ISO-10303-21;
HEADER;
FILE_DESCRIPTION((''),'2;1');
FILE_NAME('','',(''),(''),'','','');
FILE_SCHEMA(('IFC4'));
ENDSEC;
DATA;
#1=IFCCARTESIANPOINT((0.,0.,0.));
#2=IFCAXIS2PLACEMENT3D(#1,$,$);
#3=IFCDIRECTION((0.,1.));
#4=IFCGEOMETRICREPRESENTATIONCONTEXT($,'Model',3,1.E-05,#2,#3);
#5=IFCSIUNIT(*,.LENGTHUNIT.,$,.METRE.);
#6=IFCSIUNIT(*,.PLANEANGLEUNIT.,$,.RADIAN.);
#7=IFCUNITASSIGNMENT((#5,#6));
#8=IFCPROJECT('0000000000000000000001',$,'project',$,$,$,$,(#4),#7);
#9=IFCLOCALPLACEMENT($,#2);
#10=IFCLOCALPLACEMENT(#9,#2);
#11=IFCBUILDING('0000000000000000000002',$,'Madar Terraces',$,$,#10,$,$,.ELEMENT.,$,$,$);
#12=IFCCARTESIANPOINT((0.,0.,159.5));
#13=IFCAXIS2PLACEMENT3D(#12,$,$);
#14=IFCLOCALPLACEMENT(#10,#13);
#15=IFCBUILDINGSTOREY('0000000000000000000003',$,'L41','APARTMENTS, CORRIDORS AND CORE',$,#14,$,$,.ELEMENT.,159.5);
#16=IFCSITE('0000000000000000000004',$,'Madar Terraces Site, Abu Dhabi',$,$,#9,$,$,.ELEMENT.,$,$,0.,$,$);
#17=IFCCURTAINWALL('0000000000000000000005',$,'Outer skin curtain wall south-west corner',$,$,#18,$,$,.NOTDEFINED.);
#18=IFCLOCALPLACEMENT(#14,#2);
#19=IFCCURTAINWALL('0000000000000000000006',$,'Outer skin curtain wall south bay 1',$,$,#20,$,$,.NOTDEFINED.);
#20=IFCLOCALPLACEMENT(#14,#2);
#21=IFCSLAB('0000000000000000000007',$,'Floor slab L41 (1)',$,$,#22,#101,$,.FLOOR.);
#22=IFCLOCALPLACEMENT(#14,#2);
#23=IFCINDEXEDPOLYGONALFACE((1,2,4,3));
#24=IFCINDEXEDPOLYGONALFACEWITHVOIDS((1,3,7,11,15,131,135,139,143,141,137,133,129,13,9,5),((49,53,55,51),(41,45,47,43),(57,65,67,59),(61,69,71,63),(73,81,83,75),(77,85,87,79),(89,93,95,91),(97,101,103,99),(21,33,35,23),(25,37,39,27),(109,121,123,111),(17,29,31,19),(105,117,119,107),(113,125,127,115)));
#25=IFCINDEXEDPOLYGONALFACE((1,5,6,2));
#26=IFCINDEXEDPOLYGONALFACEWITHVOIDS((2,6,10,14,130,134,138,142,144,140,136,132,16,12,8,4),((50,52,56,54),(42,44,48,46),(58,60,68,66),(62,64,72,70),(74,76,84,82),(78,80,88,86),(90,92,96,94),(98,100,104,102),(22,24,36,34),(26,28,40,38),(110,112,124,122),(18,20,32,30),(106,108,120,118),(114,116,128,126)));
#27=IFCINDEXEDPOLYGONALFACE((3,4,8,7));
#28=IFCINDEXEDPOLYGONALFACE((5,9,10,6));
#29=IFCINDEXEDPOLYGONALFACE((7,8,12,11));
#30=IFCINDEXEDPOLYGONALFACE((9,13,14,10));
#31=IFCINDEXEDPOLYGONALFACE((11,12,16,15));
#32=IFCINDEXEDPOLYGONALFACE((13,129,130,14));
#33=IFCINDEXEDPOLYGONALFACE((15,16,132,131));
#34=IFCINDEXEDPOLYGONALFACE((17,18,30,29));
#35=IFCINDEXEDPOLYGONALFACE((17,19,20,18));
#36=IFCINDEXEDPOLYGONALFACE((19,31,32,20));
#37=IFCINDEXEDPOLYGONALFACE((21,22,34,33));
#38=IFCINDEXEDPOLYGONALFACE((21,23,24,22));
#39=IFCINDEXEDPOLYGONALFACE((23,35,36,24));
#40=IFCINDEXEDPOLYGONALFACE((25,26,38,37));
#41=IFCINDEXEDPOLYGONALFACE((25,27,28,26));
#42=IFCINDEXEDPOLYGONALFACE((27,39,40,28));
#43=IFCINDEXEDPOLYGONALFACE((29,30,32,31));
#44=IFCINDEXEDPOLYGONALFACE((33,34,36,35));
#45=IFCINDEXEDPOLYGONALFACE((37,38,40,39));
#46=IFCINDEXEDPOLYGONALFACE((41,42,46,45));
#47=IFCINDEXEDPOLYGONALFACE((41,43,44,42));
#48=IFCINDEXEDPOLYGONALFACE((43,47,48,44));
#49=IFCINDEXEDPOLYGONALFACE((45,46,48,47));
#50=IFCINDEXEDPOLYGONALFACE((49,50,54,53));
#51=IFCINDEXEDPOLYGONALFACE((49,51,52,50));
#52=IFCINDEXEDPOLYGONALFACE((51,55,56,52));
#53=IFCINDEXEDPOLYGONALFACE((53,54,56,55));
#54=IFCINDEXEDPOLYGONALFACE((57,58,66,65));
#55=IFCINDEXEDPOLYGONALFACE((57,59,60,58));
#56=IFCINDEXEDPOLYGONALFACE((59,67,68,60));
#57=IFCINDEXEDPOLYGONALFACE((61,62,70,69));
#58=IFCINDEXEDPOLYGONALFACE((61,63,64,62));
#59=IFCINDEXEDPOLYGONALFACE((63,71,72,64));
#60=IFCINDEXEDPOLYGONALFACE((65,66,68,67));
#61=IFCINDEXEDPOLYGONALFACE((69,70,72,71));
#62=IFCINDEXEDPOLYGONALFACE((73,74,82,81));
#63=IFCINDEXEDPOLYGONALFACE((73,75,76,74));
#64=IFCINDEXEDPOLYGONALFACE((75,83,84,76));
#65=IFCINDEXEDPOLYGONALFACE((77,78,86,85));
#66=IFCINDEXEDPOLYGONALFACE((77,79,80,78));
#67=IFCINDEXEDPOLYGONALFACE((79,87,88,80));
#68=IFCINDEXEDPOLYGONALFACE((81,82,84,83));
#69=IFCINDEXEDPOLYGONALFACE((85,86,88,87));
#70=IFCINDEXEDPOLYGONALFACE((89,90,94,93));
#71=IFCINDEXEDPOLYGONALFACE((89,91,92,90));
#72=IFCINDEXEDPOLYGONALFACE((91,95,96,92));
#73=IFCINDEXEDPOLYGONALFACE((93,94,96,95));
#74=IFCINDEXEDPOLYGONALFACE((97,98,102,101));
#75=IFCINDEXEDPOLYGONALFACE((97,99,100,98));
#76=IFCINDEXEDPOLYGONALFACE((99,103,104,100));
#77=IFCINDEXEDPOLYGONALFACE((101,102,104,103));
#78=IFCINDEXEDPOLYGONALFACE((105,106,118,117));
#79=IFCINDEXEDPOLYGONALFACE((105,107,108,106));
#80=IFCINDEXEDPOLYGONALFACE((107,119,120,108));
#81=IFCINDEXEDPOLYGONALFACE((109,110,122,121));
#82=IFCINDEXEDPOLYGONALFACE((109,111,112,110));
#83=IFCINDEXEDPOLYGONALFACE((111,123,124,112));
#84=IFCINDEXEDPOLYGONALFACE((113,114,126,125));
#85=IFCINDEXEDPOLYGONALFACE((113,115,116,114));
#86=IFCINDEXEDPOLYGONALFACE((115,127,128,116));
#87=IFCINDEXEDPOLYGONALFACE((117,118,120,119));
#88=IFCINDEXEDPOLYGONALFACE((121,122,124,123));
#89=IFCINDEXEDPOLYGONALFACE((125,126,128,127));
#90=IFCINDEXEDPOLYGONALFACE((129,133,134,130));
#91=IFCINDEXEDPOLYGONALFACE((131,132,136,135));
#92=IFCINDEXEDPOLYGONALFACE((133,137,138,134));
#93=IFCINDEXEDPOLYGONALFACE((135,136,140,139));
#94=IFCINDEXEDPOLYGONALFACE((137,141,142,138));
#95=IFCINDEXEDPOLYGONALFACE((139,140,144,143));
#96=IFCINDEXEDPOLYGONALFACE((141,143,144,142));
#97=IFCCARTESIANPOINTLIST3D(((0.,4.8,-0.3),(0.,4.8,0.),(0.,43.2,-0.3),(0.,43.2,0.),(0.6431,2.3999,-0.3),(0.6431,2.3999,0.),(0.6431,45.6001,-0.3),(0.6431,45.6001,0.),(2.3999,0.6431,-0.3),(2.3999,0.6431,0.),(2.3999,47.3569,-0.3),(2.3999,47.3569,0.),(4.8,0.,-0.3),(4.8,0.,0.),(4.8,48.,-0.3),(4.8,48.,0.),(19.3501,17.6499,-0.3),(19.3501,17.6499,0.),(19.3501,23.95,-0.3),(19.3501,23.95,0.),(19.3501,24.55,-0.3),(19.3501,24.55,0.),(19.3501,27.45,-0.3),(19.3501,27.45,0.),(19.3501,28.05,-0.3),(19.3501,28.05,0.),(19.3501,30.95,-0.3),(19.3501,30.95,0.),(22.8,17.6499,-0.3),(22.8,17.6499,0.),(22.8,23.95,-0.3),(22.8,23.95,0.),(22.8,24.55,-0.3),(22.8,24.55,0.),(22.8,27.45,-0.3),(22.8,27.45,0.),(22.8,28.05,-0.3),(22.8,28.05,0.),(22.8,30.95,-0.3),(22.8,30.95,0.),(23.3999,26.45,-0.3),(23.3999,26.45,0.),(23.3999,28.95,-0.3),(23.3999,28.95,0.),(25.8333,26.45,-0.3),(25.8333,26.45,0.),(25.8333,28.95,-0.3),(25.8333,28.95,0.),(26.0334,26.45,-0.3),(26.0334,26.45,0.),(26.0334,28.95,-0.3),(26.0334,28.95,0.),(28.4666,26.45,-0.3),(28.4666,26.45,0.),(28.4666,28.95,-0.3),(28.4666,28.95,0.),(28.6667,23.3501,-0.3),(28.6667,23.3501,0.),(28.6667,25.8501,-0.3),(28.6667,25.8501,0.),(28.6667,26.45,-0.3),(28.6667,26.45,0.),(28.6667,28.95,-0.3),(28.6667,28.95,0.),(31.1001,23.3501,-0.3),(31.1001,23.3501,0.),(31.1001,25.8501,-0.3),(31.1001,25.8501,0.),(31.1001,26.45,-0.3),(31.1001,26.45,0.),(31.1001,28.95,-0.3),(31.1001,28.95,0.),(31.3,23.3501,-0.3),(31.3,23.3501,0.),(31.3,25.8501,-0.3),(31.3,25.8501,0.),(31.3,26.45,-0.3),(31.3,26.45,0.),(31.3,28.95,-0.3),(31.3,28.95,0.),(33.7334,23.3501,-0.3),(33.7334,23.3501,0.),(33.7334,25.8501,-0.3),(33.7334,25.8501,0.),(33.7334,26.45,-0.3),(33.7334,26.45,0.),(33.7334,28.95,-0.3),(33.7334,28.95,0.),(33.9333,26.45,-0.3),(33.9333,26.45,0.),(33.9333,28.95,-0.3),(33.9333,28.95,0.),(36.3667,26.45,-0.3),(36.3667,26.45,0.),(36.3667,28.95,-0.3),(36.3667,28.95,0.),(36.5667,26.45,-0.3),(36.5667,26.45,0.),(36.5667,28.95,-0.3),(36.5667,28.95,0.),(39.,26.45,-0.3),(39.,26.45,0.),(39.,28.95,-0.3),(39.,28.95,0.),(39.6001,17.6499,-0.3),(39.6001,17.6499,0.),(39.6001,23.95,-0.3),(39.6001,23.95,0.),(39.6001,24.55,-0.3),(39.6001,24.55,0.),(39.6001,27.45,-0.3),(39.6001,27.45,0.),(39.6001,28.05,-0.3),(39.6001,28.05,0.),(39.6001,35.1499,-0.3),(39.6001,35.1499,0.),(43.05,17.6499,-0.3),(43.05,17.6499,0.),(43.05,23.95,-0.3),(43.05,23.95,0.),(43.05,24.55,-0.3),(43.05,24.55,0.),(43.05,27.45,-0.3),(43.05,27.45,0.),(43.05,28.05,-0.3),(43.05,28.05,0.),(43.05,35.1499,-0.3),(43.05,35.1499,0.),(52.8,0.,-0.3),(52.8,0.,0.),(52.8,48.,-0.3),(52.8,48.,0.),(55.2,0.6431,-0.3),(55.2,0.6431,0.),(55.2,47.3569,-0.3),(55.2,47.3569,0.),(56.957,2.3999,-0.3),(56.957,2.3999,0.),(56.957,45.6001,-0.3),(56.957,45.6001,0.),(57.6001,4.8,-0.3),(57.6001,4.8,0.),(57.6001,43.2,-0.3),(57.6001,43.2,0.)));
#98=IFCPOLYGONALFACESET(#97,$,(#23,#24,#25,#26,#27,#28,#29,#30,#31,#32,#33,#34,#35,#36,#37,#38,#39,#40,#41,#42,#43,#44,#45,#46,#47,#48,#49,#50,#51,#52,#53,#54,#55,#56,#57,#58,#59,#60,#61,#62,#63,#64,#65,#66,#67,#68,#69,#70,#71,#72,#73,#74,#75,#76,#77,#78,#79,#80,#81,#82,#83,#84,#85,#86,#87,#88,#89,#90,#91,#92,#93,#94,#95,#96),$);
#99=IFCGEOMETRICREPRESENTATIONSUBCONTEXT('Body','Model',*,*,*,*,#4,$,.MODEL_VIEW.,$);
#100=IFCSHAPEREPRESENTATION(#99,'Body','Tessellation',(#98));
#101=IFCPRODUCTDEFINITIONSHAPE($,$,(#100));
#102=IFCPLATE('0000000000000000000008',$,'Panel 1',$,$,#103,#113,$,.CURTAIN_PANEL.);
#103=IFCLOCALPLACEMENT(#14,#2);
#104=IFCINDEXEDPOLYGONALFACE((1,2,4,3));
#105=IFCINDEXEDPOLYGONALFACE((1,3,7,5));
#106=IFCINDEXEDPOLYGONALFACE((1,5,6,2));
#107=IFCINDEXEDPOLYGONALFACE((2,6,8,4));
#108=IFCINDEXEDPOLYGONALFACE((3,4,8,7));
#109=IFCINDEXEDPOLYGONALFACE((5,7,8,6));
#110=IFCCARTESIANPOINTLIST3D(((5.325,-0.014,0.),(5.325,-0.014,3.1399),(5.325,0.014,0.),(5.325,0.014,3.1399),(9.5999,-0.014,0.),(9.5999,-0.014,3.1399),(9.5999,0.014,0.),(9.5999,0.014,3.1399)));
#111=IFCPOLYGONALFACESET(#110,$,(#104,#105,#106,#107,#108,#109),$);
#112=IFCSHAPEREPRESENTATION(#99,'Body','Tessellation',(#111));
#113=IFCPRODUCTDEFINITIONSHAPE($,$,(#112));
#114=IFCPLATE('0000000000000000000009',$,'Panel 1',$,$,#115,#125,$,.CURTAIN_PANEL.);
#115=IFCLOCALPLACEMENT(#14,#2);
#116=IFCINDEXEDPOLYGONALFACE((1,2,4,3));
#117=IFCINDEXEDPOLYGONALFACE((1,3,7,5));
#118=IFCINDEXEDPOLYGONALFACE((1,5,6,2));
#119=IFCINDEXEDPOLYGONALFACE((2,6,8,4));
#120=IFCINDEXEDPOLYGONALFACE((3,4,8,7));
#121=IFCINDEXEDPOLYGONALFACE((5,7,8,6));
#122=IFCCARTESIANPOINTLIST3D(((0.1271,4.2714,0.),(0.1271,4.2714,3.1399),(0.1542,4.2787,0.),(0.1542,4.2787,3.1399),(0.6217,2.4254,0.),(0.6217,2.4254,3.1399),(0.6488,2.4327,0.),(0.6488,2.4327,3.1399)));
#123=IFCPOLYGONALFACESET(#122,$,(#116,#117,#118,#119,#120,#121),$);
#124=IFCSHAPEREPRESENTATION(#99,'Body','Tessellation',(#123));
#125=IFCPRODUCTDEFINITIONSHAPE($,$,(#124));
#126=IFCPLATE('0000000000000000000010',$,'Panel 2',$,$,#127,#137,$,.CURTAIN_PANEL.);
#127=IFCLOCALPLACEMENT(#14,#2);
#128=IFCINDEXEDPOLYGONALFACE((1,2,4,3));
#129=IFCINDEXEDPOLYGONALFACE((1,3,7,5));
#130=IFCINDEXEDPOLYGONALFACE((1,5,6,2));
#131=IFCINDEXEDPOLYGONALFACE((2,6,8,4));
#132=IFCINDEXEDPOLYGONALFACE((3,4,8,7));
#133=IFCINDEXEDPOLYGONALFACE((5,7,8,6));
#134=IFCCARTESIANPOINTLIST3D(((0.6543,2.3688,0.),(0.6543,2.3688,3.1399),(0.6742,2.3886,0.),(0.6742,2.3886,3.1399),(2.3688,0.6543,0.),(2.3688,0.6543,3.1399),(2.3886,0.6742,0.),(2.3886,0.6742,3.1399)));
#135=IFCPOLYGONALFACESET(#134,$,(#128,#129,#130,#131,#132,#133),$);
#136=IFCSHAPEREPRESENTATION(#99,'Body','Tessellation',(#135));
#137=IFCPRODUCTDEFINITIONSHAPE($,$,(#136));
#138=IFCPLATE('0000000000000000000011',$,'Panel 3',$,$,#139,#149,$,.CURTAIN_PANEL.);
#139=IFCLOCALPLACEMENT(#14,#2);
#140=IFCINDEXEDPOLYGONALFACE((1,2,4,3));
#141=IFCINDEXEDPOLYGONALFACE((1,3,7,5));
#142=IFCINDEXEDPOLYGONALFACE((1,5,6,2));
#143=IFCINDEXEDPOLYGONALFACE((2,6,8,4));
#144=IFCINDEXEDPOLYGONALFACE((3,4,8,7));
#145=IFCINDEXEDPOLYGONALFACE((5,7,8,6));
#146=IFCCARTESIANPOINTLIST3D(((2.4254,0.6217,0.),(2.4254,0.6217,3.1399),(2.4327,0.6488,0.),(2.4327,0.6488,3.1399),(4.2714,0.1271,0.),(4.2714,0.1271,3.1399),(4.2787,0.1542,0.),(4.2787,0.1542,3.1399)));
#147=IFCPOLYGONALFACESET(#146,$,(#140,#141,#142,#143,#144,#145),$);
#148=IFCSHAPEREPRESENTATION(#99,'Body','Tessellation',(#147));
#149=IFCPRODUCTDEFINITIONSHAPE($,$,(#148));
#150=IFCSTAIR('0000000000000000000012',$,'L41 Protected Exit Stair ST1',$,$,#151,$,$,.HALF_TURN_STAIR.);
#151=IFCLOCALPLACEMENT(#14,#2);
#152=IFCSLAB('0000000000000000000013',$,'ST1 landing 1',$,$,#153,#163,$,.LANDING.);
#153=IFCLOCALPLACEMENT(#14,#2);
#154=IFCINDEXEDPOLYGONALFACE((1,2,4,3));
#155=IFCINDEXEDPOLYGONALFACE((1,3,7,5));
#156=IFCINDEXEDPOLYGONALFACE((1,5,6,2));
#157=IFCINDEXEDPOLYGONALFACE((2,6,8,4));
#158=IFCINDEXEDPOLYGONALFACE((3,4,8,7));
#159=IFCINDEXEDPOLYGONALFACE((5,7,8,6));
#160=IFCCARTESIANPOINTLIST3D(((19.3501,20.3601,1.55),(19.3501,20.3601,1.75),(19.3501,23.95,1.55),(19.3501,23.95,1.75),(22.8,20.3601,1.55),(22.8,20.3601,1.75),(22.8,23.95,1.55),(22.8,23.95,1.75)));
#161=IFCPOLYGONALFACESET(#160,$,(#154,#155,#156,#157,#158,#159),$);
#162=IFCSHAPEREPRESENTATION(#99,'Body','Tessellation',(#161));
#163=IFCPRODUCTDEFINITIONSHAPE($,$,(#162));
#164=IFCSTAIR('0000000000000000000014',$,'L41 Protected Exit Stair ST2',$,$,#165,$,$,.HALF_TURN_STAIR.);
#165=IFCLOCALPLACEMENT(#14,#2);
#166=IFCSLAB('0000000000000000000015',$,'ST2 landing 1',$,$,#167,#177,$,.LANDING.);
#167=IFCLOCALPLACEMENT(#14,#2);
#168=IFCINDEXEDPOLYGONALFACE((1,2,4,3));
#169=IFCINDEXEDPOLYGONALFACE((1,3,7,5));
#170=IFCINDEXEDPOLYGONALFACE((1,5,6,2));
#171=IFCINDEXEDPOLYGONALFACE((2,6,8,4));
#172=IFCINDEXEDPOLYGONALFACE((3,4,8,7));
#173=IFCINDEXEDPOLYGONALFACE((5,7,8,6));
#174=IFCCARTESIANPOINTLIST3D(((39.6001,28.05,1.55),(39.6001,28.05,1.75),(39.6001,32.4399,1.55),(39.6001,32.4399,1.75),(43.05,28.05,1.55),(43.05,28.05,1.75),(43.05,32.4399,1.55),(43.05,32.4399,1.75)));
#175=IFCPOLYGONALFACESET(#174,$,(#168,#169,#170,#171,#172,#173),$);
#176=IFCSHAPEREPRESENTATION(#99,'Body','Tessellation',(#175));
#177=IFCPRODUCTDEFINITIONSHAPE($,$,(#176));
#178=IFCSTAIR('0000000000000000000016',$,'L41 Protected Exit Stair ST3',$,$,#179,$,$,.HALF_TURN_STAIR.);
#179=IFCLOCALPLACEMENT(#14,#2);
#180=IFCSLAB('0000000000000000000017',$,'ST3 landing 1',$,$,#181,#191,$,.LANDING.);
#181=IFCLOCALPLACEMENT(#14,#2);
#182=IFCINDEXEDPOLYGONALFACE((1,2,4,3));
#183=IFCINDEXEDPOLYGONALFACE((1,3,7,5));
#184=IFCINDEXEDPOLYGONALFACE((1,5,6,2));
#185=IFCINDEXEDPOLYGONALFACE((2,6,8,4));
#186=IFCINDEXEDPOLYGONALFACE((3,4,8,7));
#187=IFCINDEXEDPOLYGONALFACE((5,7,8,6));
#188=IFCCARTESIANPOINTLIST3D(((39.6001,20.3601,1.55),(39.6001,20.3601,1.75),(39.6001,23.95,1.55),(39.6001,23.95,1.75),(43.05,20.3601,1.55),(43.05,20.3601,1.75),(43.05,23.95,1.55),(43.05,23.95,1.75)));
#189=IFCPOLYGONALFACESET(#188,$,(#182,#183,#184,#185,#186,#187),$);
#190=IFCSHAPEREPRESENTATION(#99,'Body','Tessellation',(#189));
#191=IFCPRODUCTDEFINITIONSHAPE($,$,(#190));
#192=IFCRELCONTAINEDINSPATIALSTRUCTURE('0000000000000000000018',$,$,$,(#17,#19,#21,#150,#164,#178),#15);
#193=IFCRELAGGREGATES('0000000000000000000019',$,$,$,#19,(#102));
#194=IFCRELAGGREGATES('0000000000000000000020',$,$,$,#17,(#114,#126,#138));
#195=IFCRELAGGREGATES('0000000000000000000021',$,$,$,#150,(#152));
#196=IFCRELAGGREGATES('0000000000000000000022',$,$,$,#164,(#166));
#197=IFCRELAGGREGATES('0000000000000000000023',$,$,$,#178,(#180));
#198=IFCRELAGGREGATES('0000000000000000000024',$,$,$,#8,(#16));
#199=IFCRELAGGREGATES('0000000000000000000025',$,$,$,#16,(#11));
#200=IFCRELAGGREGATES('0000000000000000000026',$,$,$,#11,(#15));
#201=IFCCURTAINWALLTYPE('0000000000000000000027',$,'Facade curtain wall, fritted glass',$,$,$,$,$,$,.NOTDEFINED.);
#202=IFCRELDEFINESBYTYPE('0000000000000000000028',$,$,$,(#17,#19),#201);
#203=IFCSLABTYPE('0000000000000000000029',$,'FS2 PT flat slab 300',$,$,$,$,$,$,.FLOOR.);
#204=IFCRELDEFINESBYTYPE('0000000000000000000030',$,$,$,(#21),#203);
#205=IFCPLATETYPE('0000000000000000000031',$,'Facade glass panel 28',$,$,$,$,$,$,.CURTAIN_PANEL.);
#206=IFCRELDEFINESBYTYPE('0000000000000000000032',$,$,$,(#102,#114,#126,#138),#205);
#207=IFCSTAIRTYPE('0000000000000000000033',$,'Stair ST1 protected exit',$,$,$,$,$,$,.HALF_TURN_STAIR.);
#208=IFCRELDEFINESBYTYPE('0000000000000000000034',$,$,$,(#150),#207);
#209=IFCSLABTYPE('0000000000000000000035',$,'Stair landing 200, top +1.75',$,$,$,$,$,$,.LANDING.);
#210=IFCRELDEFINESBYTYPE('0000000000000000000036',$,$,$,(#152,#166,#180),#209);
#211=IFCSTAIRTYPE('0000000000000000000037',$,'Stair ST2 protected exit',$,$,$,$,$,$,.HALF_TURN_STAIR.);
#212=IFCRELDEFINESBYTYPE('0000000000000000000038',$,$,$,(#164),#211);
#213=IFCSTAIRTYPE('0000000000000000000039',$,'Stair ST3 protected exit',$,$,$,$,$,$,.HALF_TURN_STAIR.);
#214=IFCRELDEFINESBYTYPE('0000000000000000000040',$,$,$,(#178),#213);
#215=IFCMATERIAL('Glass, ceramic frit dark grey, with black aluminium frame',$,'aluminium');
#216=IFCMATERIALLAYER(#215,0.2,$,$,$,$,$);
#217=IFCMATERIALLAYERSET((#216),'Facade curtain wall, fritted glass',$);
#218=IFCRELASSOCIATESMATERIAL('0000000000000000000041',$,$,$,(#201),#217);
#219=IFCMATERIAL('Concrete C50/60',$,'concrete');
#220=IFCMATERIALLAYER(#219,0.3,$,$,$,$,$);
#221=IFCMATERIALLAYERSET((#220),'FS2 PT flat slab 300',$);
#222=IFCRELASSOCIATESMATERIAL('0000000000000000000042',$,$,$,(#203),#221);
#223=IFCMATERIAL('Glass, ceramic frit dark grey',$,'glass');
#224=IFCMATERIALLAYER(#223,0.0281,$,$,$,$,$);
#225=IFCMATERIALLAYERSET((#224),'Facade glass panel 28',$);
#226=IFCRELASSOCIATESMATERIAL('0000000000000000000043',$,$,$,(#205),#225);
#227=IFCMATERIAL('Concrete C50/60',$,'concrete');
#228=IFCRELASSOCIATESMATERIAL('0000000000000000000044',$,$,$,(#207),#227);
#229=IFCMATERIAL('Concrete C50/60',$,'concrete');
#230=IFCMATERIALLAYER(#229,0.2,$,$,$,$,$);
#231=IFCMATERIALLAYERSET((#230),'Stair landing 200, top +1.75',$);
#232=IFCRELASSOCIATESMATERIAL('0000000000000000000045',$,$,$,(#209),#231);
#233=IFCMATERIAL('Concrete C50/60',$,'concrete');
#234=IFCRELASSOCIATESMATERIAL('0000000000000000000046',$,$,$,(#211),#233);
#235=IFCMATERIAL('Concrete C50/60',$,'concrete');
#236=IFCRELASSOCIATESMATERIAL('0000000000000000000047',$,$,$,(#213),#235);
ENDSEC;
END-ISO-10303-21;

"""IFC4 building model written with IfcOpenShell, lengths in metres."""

from ifc_helpers import new_model, si_unit, direction, frame, origin, origin_2d, place, context, subcontext, project, spatial, polyline, rectangle, outline, extrude, material, layer, layer_set, type_object, element, aggregate, save


model = new_model("IFC4")

# Units and contexts
model_context = context("Model", 3, precision=1e-05, world=origin(), true_north=direction((0.0, 1.0)))
body_context = subcontext(model_context, "Body", "Model", "MODEL_VIEW")
ifc_project = project(units=[si_unit("LENGTHUNIT", "METRE"), si_unit("PLANEANGLEUNIT", "RADIAN")], contexts=[model_context])

# Site, building, storey
site_placement = place(None, origin())
site = spatial("IfcSite", under=ifc_project, at=site_placement, Name="Madar Terraces Site, Abu Dhabi", CompositionType="ELEMENT", RefElevation=0.0)
building_placement = place(site_placement, origin())
building = spatial("IfcBuilding", under=site, at=building_placement, Name="Madar Terraces", CompositionType="ELEMENT")
storey_placement = place(building_placement, frame((0.0, 0.0, 159.5)))
storey = spatial("IfcBuildingStorey", under=building, at=storey_placement, Name="L41", Description="APARTMENTS, CORRIDORS AND CORE", CompositionType="ELEMENT", Elevation=159.5)

# Curtain wall
ifc_material_1 = material(Name="Glass, ceramic frit dark grey, with black aluminium frame", Category="aluminium")
ifc_layer_1 = layer(ifc_material_1, 0.2)
ifc_layer_set_1 = layer_set([ifc_layer_1], Name="Facade curtain wall, fritted glass")
curtain_wall_type = type_object("IfcCurtainWallType", Name="Facade curtain wall, fritted glass", PredefinedType="NOTDEFINED", material=ifc_layer_set_1)
curtain_wall_1_placement = place(storey_placement, origin())
curtain_wall_1 = element("IfcCurtainWall", 1, at=curtain_wall_1_placement, inside=storey, type_object=curtain_wall_type, Name="Outer skin curtain wall south-west corner", PredefinedType="NOTDEFINED")

# Curtain wall
curtain_wall_2_placement = place(storey_placement, origin())
curtain_wall_2 = element("IfcCurtainWall", 2, at=curtain_wall_2_placement, inside=storey, type_object=curtain_wall_type, Name="Outer skin curtain wall south bay 1", PredefinedType="NOTDEFINED")

# Slab
ifc_material_2 = material(Name="Concrete C50/60", Category="concrete")
ifc_layer_2 = layer(ifc_material_2, 0.3)
ifc_layer_set_2 = layer_set([ifc_layer_2], Name="FS2 PT flat slab 300")
slab_type_1 = type_object("IfcSlabType", Name="FS2 PT flat slab 300", PredefinedType="FLOOR", material=ifc_layer_set_2)
slab_1_placement = place(storey_placement, frame((0.0, 0.0, -0.3)))
element("IfcSlab", 3, at=slab_1_placement, inside=storey, type_object=slab_type_1, Name="Floor slab L41 (1)", PredefinedType="FLOOR", context=body_context, shape_type="SweptSolid", body=[
    extrude(outline(polyline([(52.8, 0.0), (55.2, 0.6431), (56.957, 2.3999), (57.6001, 4.8), (57.6001, 43.2), (56.957, 45.6001), (55.2, 47.3569), (52.8, 48.0), (4.8, 48.0), (2.3999, 47.3569), (0.6431, 45.6001), (0.0, 43.2), (0.0, 4.8), (0.6431, 2.3999), (2.3999, 0.6431), (4.8, 0.0), (52.8, 0.0)]), holes=[polyline([(22.8, 17.6499), (19.3501, 17.6499), (19.3501, 23.95), (22.8, 23.95), (22.8, 17.6499)]), polyline([(28.6667, 23.3501), (28.6667, 25.8501), (31.1001, 25.8501), (31.1001, 23.3501), (28.6667, 23.3501)]), polyline([(19.3501, 24.55), (19.3501, 27.45), (22.8, 27.45), (22.8, 24.55), (19.3501, 24.55)]), polyline([(23.3999, 26.45), (23.3999, 28.95), (25.8333, 28.95), (25.8333, 26.45), (23.3999, 26.45)]), polyline([(26.0334, 26.45), (26.0334, 28.95), (28.4666, 28.95), (28.4666, 26.45), (26.0334, 26.45)]), polyline([(28.6667, 26.45), (28.6667, 28.95), (31.1001, 28.95), (31.1001, 26.45), (28.6667, 26.45)]), polyline([(19.3501, 28.05), (19.3501, 30.95), (22.8, 30.95), (22.8, 28.05), (19.3501, 28.05)]), polyline([(43.05, 17.6499), (39.6001, 17.6499), (39.6001, 23.95), (43.05, 23.95), (43.05, 17.6499)]), polyline([(31.3, 23.3501), (31.3, 25.8501), (33.7334, 25.8501), (33.7334, 23.3501), (31.3, 23.3501)]), polyline([(39.6001, 24.55), (39.6001, 27.45), (43.05, 27.45), (43.05, 24.55), (39.6001, 24.55)]), polyline([(31.3, 26.45), (31.3, 28.95), (33.7334, 28.95), (33.7334, 26.45), (31.3, 26.45)]), polyline([(33.9333, 26.45), (33.9333, 28.95), (36.3667, 28.95), (36.3667, 26.45), (33.9333, 26.45)]), polyline([(36.5667, 26.45), (36.5667, 28.95), (39.0, 28.95), (39.0, 26.45), (36.5667, 26.45)]), polyline([(39.6001, 28.05), (39.6001, 35.1499), (43.05, 35.1499), (43.05, 28.05), (39.6001, 28.05)])]), origin(), (0.0, 0.0, 1.0), 0.3),
])

# Plates
ifc_material_3 = material(Name="Glass, ceramic frit dark grey", Category="glass")
ifc_layer_3 = layer(ifc_material_3, 0.0281)
ifc_layer_set_3 = layer_set([ifc_layer_3], Name="Facade glass panel 28")
plate_type = type_object("IfcPlateType", Name="Facade glass panel 28", PredefinedType="CURTAIN_PANEL", material=ifc_layer_set_3)
plate_1_placement = place(storey_placement, frame((7.4624, 0.0, 0.0), z_axis=(0.0, 0.0, 1.0), x_axis=(1.0, 0.0, 0.0)))
plate_1 = element("IfcPlate", 4, at=plate_1_placement, type_object=plate_type, Name="Panel 1", PredefinedType="CURTAIN_PANEL", context=body_context, shape_type="SweptSolid", body=[
    extrude(rectangle(XDim=4.2749, YDim=0.0281, at=origin_2d()), origin(), (0.0, 0.0, 1.0), 3.1399),
])
aggregate(curtain_wall_2, [plate_1])
plate_2_placement = place(storey_placement, frame((0.3879, 3.3521, 0.0), z_axis=(0.0, 0.0, 1.0), x_axis=(0.258819, -0.965926, 0.0)))
plate_2 = element("IfcPlate", 5, at=plate_2_placement, type_object=plate_type, Name="Panel 1", PredefinedType="CURTAIN_PANEL", context=body_context, shape_type="SweptSolid", body=[
    extrude(rectangle(XDim=1.9111, YDim=0.0281, at=origin_2d()), origin(), (0.0, 0.0, 1.0), 3.1399),
])
plate_3_placement = place(storey_placement, frame((1.5215, 1.5215, 0.0), z_axis=(0.0, 0.0, 1.0), x_axis=(0.707107, -0.707107, 0.0)))
plate_3 = element("IfcPlate", 6, at=plate_3_placement, type_object=plate_type, Name="Panel 2", PredefinedType="CURTAIN_PANEL", context=body_context, shape_type="SweptSolid", body=[
    extrude(rectangle(XDim=2.4246, YDim=0.0281, at=origin_2d()), origin(), (0.0, 0.0, 1.0), 3.1399),
])
plate_4_placement = place(storey_placement, frame((3.3521, 0.3879, 0.0), z_axis=(0.0, 0.0, 1.0), x_axis=(0.965926, -0.258819, 0.0)))
plate_4 = element("IfcPlate", 7, at=plate_4_placement, type_object=plate_type, Name="Panel 3", PredefinedType="CURTAIN_PANEL", context=body_context, shape_type="SweptSolid", body=[
    extrude(rectangle(XDim=1.9111, YDim=0.0281, at=origin_2d()), origin(), (0.0, 0.0, 1.0), 3.1399),
])
aggregate(curtain_wall_1, [plate_2, plate_3, plate_4])

# Stairs, slabs
ifc_material_4 = material(Name="Concrete C50/60", Category="concrete")
stair_type_1 = type_object("IfcStairType", Name="Stair ST1 protected exit", PredefinedType="HALF_TURN_STAIR", material=ifc_material_4)
stair_1_placement = place(storey_placement, origin())
stair_1 = element("IfcStair", 8, at=stair_1_placement, inside=storey, type_object=stair_type_1, Name="L41 Protected Exit Stair ST1", PredefinedType="HALF_TURN_STAIR")
ifc_material_5 = material(Name="Concrete C50/60", Category="concrete")
ifc_layer_4 = layer(ifc_material_5, 0.2)
ifc_layer_set_4 = layer_set([ifc_layer_4], Name="Stair landing 200, top +1.75")
slab_type_2 = type_object("IfcSlabType", Name="Stair landing 200, top +1.75", PredefinedType="LANDING", material=ifc_layer_set_4)
slab_2_placement = place(storey_placement, frame((0.0, 0.0, 1.55)))
slab_2 = element("IfcSlab", 9, at=slab_2_placement, type_object=slab_type_2, Name="ST1 landing 1", PredefinedType="LANDING", context=body_context, shape_type="SweptSolid", body=[
    extrude(outline(polyline([(19.3501, 20.3601), (22.8, 20.3601), (22.8, 23.95), (19.3501, 23.95), (19.3501, 20.3601)])), origin(), (0.0, 0.0, 1.0), 0.2),
])
aggregate(stair_1, [slab_2])
ifc_material_6 = material(Name="Concrete C50/60", Category="concrete")
stair_type_2 = type_object("IfcStairType", Name="Stair ST2 protected exit", PredefinedType="HALF_TURN_STAIR", material=ifc_material_6)
stair_2_placement = place(storey_placement, origin())
stair_2 = element("IfcStair", 10, at=stair_2_placement, inside=storey, type_object=stair_type_2, Name="L41 Protected Exit Stair ST2", PredefinedType="HALF_TURN_STAIR")
slab_3_placement = place(storey_placement, frame((0.0, 0.0, 1.55)))
slab_3 = element("IfcSlab", 11, at=slab_3_placement, type_object=slab_type_2, Name="ST2 landing 1", PredefinedType="LANDING", context=body_context, shape_type="SweptSolid", body=[
    extrude(outline(polyline([(39.6001, 28.05), (43.05, 28.05), (43.05, 32.4399), (39.6001, 32.4399), (39.6001, 28.05)])), origin(), (0.0, 0.0, 1.0), 0.2),
])
aggregate(stair_2, [slab_3])
ifc_material_7 = material(Name="Concrete C50/60", Category="concrete")
stair_type_3 = type_object("IfcStairType", Name="Stair ST3 protected exit", PredefinedType="HALF_TURN_STAIR", material=ifc_material_7)
stair_3_placement = place(storey_placement, origin())
stair_3 = element("IfcStair", 12, at=stair_3_placement, inside=storey, type_object=stair_type_3, Name="L41 Protected Exit Stair ST3", PredefinedType="HALF_TURN_STAIR")
slab_4_placement = place(storey_placement, frame((0.0, 0.0, 1.55)))
slab_4 = element("IfcSlab", 13, at=slab_4_placement, type_object=slab_type_2, Name="ST3 landing 1", PredefinedType="LANDING", context=body_context, shape_type="SweptSolid", body=[
    extrude(outline(polyline([(39.6001, 20.3601), (43.05, 20.3601), (43.05, 23.95), (39.6001, 23.95), (39.6001, 20.3601)])), origin(), (0.0, 0.0, 1.0), 0.2),
])
aggregate(stair_3, [slab_4])

save(model, "model.ifc")
